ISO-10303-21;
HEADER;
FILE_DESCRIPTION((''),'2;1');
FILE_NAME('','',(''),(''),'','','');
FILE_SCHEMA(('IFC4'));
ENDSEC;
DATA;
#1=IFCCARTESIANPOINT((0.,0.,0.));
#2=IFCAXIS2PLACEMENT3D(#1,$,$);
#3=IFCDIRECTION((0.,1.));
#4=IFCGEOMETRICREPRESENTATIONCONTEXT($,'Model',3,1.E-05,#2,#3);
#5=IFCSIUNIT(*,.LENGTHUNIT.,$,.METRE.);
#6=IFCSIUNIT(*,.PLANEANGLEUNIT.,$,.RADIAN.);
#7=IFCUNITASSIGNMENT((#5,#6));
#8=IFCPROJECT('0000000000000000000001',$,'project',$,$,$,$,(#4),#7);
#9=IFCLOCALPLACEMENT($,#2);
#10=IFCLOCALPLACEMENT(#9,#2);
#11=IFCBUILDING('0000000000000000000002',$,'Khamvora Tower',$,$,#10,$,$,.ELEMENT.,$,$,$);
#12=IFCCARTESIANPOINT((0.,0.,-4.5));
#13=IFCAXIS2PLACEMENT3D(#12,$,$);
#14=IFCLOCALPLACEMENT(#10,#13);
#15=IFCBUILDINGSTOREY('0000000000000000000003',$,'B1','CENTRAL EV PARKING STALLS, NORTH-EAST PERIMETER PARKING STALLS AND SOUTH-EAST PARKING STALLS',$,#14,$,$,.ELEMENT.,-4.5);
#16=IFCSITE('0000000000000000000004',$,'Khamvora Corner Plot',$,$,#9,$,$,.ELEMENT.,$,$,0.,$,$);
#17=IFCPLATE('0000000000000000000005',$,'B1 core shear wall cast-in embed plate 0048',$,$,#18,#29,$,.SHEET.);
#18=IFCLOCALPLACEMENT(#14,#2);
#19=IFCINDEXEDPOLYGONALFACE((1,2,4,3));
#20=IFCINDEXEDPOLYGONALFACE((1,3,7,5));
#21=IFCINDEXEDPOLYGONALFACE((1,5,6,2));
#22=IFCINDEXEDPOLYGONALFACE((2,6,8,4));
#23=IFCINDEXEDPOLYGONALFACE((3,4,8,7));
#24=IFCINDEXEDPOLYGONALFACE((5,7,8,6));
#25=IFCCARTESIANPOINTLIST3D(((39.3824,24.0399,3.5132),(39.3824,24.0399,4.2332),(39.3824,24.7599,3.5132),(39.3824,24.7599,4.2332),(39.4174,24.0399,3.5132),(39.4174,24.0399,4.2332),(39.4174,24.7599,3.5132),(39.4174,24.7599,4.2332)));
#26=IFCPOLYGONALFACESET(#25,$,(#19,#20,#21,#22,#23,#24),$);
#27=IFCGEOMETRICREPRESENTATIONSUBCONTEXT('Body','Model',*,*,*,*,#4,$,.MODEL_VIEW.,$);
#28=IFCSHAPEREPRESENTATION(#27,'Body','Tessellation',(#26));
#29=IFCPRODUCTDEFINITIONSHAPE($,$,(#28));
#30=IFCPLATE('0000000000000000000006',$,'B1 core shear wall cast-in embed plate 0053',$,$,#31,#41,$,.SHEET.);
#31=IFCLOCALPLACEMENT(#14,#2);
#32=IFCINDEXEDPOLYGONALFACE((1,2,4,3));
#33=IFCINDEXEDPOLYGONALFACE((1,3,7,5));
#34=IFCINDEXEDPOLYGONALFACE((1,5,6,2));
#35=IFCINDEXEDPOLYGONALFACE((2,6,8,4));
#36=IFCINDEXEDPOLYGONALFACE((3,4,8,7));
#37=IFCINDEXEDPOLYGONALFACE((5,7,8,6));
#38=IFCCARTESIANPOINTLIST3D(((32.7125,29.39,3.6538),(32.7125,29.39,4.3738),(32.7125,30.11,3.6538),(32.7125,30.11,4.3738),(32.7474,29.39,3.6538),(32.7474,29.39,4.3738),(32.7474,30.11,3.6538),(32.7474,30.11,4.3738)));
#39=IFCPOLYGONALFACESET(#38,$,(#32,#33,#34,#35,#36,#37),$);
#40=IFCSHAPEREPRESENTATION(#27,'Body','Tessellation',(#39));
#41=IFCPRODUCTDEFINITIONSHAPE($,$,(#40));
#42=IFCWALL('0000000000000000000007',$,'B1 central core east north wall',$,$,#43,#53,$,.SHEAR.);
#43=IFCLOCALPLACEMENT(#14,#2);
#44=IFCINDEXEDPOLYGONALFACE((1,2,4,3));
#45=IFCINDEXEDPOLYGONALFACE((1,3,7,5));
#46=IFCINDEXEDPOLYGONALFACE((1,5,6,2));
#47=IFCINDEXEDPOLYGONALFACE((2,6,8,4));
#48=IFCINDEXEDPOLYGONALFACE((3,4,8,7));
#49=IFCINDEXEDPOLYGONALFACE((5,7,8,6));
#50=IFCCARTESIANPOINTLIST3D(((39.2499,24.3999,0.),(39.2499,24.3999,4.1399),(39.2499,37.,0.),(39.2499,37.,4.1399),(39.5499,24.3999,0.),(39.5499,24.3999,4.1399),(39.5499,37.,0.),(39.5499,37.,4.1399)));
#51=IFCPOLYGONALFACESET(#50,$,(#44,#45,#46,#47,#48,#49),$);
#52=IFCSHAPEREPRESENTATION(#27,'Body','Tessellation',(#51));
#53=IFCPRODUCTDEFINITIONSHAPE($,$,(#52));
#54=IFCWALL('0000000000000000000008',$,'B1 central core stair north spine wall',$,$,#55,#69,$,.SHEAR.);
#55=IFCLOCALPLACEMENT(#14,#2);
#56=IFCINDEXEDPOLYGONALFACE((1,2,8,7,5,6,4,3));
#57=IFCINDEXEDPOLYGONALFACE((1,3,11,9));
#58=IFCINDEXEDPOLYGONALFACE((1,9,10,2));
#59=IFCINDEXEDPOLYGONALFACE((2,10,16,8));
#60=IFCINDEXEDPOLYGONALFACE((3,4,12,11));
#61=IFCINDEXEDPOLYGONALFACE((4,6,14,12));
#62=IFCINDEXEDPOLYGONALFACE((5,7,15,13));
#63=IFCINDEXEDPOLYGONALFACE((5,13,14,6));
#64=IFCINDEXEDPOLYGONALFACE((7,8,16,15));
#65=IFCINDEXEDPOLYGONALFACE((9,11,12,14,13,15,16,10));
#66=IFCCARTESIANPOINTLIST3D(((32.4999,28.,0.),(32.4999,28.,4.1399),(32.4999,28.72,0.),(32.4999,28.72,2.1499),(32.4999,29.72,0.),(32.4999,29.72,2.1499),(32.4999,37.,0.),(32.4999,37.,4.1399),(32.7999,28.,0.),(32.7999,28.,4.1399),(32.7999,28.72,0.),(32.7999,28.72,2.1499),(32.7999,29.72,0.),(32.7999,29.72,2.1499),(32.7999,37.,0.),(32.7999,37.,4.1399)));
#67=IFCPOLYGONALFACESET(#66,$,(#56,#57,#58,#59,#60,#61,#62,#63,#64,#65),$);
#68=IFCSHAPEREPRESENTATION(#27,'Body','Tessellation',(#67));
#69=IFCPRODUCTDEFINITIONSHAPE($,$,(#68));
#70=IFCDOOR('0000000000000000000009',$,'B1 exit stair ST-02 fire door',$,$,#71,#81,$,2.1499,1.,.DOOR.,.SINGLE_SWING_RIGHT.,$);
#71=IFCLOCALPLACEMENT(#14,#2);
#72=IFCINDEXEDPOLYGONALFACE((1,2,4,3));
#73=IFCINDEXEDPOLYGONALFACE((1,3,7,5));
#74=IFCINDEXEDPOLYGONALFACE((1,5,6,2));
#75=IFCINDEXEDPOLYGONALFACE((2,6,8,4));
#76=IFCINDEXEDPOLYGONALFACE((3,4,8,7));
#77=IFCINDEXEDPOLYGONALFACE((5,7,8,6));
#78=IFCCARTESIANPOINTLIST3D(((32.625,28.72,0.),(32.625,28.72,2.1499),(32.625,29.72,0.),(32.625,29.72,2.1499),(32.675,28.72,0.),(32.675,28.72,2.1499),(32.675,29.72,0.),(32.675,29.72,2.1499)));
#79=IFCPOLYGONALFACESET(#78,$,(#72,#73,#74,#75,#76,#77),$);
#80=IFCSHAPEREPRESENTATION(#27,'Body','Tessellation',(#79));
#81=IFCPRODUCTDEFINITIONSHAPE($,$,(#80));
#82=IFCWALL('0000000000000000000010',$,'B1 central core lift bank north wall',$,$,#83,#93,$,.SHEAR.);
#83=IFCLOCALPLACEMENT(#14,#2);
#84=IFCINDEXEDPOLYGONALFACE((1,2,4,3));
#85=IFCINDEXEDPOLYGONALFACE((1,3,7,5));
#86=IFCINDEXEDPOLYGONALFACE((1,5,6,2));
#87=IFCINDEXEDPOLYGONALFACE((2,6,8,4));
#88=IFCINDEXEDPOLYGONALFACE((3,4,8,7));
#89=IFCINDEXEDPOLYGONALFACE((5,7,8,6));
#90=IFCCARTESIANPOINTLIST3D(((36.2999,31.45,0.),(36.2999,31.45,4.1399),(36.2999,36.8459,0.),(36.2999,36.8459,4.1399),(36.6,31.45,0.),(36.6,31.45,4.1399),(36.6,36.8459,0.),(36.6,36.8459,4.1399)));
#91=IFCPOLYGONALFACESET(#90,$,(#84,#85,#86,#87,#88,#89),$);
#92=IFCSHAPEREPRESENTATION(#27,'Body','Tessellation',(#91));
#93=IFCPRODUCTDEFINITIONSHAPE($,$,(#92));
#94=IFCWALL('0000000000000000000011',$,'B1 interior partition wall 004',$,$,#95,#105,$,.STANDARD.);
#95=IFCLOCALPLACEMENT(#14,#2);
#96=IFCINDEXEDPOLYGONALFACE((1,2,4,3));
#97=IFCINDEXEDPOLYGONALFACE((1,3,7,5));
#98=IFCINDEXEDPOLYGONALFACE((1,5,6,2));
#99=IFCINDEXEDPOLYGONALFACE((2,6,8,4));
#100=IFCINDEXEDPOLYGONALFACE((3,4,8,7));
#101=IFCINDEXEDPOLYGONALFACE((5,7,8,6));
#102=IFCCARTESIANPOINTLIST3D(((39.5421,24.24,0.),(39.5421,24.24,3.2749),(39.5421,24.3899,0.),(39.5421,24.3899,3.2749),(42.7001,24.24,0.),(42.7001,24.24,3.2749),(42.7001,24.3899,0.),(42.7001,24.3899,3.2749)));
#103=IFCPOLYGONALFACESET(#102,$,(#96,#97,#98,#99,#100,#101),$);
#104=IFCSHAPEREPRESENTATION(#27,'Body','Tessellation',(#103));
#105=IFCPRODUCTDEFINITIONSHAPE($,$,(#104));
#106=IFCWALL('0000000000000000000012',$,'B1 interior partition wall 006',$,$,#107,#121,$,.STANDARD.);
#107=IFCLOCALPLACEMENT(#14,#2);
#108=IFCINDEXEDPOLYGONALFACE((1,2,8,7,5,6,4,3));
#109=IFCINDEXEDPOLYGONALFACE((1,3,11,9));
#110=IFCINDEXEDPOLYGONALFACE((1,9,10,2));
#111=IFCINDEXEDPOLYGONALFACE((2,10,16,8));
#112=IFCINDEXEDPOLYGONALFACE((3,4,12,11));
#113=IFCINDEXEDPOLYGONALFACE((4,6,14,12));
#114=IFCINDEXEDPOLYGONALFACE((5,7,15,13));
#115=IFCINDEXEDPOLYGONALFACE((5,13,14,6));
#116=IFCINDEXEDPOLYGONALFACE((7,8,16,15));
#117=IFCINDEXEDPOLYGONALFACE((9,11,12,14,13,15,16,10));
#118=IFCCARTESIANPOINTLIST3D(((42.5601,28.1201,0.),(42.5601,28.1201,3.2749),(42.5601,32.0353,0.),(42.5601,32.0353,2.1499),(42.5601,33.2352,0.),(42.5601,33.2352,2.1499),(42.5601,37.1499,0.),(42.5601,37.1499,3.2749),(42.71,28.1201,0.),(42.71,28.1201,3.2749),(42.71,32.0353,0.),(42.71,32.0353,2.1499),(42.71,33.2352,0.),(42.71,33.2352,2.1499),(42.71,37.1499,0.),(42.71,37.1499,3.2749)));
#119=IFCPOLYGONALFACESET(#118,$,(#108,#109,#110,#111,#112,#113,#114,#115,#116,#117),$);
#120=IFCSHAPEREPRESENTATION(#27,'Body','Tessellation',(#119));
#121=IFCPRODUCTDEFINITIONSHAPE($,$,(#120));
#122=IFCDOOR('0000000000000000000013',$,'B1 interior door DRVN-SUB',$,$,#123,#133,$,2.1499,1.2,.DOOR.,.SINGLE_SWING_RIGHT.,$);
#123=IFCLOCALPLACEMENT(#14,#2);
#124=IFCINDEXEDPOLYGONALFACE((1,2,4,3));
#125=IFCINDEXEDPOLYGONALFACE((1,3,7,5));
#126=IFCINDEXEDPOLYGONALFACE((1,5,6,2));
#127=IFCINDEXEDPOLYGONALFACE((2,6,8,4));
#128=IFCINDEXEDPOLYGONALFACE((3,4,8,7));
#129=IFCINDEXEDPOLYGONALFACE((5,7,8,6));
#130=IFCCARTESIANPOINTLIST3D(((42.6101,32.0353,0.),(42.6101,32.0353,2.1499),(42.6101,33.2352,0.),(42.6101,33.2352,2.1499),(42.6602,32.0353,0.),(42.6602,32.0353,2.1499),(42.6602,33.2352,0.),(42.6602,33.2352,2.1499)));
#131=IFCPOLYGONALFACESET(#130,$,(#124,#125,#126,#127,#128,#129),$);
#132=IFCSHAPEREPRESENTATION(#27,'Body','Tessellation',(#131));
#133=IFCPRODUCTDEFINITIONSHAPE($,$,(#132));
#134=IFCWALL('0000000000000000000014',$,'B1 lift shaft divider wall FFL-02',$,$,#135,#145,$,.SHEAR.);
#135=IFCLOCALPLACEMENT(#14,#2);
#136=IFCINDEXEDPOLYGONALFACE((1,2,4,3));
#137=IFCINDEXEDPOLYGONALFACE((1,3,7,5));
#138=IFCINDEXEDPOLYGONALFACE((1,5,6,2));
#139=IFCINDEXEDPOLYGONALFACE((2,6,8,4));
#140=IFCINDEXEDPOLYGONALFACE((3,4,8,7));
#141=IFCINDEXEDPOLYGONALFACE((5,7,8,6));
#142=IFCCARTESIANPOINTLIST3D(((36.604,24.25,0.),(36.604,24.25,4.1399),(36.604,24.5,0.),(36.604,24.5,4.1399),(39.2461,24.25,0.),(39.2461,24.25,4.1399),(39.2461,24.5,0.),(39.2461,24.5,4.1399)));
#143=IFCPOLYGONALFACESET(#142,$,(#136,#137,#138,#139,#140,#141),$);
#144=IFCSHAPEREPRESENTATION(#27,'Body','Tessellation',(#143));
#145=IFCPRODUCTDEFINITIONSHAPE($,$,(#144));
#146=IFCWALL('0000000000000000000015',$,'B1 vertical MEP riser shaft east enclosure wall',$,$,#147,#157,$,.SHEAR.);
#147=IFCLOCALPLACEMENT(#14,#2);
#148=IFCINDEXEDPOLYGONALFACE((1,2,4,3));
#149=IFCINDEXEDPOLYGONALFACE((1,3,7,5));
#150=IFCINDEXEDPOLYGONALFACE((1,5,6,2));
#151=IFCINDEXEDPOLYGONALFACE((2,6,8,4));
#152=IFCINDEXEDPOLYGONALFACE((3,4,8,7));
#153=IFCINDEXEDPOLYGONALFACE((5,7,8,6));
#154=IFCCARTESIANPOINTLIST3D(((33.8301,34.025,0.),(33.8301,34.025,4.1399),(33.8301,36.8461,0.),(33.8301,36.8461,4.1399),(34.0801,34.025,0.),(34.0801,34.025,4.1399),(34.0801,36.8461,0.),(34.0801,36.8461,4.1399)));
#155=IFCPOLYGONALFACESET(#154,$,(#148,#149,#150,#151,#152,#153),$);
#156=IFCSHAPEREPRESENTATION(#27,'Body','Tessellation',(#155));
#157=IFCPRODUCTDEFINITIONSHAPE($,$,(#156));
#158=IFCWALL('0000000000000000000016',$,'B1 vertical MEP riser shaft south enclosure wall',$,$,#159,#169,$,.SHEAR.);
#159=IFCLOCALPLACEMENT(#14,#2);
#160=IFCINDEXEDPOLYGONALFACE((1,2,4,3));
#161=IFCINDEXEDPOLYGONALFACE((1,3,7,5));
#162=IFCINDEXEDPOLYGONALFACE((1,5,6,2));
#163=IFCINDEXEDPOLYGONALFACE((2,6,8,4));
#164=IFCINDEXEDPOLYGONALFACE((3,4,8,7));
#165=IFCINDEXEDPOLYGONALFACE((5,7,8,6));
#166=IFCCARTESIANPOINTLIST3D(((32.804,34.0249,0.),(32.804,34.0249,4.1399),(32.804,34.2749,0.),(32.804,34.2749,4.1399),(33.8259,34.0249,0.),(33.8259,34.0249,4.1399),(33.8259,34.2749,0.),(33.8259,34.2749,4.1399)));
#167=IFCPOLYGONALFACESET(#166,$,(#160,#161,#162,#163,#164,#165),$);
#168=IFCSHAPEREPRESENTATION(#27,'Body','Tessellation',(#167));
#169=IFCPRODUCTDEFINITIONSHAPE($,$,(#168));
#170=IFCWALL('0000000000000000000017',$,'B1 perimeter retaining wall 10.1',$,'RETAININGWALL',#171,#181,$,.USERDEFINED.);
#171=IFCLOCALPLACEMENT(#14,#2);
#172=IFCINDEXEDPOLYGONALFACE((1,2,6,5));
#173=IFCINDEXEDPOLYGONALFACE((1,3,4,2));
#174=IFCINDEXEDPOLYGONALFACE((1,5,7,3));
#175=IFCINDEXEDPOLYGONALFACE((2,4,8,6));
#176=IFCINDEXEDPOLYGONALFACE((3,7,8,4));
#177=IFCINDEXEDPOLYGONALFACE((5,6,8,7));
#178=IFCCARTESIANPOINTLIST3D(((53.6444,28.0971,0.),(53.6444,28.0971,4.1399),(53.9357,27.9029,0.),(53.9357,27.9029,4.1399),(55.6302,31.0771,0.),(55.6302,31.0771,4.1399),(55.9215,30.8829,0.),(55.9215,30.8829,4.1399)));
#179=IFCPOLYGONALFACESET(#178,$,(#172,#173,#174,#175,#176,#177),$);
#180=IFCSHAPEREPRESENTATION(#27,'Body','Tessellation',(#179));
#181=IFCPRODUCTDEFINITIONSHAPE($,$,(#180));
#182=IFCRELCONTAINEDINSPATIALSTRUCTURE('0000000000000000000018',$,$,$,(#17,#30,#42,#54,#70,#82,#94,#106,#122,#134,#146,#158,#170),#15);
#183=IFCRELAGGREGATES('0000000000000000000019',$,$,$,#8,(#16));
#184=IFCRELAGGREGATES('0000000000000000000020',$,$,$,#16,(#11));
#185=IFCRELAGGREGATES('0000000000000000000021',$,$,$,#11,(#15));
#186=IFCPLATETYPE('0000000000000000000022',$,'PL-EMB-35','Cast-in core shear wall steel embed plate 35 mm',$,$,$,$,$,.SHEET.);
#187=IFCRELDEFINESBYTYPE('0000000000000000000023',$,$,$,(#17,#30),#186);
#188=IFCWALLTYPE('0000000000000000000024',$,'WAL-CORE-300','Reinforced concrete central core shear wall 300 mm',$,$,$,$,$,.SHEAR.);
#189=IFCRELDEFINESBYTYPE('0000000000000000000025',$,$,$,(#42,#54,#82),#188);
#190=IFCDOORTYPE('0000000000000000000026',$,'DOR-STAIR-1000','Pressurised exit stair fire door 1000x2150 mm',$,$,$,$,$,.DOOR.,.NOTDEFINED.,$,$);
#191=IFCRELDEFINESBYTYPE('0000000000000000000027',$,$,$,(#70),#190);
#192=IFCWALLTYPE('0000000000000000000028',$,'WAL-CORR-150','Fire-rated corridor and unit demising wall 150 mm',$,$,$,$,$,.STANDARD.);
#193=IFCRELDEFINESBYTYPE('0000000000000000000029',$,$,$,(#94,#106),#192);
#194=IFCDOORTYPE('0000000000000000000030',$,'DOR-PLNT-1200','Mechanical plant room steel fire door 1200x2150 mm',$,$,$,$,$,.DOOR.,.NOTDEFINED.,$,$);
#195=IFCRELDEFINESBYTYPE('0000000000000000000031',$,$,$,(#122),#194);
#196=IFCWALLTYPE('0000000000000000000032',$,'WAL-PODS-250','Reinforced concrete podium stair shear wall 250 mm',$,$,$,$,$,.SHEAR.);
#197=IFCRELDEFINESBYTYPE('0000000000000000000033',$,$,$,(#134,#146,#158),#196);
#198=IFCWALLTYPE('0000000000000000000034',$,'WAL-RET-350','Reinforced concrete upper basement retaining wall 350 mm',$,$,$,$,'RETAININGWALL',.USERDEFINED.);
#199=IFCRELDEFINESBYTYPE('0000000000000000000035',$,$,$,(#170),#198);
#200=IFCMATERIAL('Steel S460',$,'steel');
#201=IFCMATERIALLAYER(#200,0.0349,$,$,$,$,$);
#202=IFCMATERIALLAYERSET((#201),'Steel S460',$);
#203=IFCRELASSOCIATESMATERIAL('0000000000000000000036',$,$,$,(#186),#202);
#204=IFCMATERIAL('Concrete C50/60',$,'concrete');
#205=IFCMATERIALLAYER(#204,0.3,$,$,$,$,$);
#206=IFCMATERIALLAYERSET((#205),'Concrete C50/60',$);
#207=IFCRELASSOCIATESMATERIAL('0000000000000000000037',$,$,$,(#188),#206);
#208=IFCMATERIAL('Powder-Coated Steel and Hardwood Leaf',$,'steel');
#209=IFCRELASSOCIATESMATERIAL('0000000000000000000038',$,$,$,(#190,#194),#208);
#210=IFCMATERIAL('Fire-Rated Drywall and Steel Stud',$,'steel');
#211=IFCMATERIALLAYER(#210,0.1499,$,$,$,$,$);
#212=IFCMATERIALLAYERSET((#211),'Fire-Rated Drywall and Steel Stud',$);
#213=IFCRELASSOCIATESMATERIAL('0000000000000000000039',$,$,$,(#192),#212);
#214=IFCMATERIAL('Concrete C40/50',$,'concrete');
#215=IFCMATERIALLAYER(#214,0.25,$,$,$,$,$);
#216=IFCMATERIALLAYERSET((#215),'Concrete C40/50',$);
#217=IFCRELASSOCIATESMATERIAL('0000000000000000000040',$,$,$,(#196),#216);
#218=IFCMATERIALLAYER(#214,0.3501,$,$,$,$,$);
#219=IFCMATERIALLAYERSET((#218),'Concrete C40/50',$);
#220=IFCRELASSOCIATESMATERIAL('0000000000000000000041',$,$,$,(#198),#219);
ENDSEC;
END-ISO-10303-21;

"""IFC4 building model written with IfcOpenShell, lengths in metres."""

from ifc_helpers import new_model, si_unit, direction, frame, frame_2d, origin, origin_2d, place, context, subcontext, project, spatial, rectangle, extrude, material, layer, layer_set, type_object, element, fill, save


model = new_model("IFC4")

# Units and contexts
model_context = context("Model", 3, precision=1e-05, world=origin(), true_north=direction((0.0, 1.0)))
body_context = subcontext(model_context, "Body", "Model", "MODEL_VIEW")
ifc_project = project(units=[si_unit("LENGTHUNIT", "METRE"), si_unit("PLANEANGLEUNIT", "RADIAN")], contexts=[model_context])

# Site, building, storey
site_placement = place(None, origin())
site = spatial("IfcSite", under=ifc_project, at=site_placement, Name="Khamvora Corner Plot", CompositionType="ELEMENT", RefElevation=0.0)
building_placement = place(site_placement, origin())
building = spatial("IfcBuilding", under=site, at=building_placement, Name="Khamvora Tower", CompositionType="ELEMENT")
storey_placement = place(building_placement, frame((0.0, 0.0, -4.5)))
storey = spatial("IfcBuildingStorey", under=building, at=storey_placement, Name="B1", Description="CENTRAL EV PARKING STALLS, NORTH-EAST PERIMETER PARKING STALLS AND SOUTH-EAST PARKING STALLS", CompositionType="ELEMENT", Elevation=-4.5)

# Shared definitions
ifc_material_1 = material(Name="Steel S460", Category="steel")

# Plates
ifc_layer_1 = layer(ifc_material_1, 0.0349)
ifc_layer_set_1 = layer_set([ifc_layer_1], Name="Steel S460")
plate_type = type_object("IfcPlateType", Name="PL-EMB-35", Description="Cast-in core shear wall steel embed plate 35 mm", PredefinedType="SHEET", material=ifc_layer_set_1)
for number, where, z_axis, x_axis, name in (
    (1, (39.3999, 24.3999, 3.5132), (0.0, 0.0, 1.0), (1.0, 0.0, 0.0), "B1 core shear wall cast-in embed plate 0048"),
    (2, (32.73, 29.75, 3.6538), (0.0, 0.0, 1.0), (1.0, 0.0, 0.0), "B1 core shear wall cast-in embed plate 0053"),
):
    element("IfcPlate", number, at=place(storey_placement, frame(where, z_axis=z_axis, x_axis=x_axis)), inside=storey, type_object=plate_type, Name=name, PredefinedType="SHEET", context=body_context, shape_type="SweptSolid", body=[
        extrude(rectangle(XDim=0.0349, YDim=0.72, at=origin_2d()), origin(), (0.0, 0.0, 1.0), 0.72),
    ])

# Wall
ifc_material_2 = material(Name="Concrete C50/60", Category="concrete")
ifc_layer_2 = layer(ifc_material_2, 0.3)
ifc_layer_set_2 = layer_set([ifc_layer_2], Name="Concrete C50/60")
wall_type_1 = type_object("IfcWallType", Name="WAL-CORE-300", Description="Reinforced concrete central core shear wall 300 mm", PredefinedType="SHEAR", material=ifc_layer_set_2)
wall_1_placement = place(storey_placement, frame((39.3999, 24.3999, 0.0), z_axis=(0.0, 0.0, 1.0), x_axis=(0.0, 1.0, 0.0)))
element("IfcWall", 3, at=wall_1_placement, inside=storey, type_object=wall_type_1, Name="B1 central core east north wall", PredefinedType="SHEAR", context=body_context, shape_type="SweptSolid", body=[
    extrude(rectangle(XDim=12.6001, YDim=0.3, at=frame_2d((6.3, 0.0))), origin(), (0.0, 0.0, 1.0), 4.1399),
])

# Wall, opening, door
wall_2_placement = place(storey_placement, frame((32.6499, 28.0, 0.0), z_axis=(0.0, 0.0, 1.0), x_axis=(0.0, 1.0, 0.0)))
wall_2 = element("IfcWall", 4, at=wall_2_placement, inside=storey, type_object=wall_type_1, Name="B1 central core stair north spine wall", PredefinedType="SHEAR", context=body_context, shape_type="SweptSolid", body=[
    extrude(rectangle(XDim=9.0, YDim=0.3, at=frame_2d((4.5, 0.0))), origin(), (0.0, 0.0, 1.0), 4.1399),
])
opening_1_placement = place(wall_2_placement, frame((0.72, 0.0, 0.0)))
opening_1 = element("IfcOpeningElement", 5, at=opening_1_placement, cuts=wall_2, PredefinedType="OPENING", context=body_context, shape_type="SweptSolid", body=[
    extrude(rectangle(XDim=1.0, YDim=2.1499, at=frame_2d((0.5, 1.075))), frame((0.0, 0.1599, 0.0), z_axis=(0.0, -1.0, 0.0), x_axis=(1.0, 0.0, 0.0)), (0.0, 0.0, 1.0), 0.3201),
])
ifc_material_3 = material(Name="Powder-Coated Steel and Hardwood Leaf", Category="steel")
door_type_1 = type_object("IfcDoorType", Name="DOR-STAIR-1000", Description="Pressurised exit stair fire door 1000x2150 mm", OperationType="NOTDEFINED", PredefinedType="DOOR", material=ifc_material_3)
door_1_placement = place(opening_1_placement, origin())
door_1 = element("IfcDoor", 6, at=door_1_placement, inside=storey, type_object=door_type_1, Name="B1 exit stair ST-02 fire door", OperationType="SINGLE_SWING_RIGHT", OverallHeight=2.1499, OverallWidth=1.0, PredefinedType="DOOR", context=body_context, shape_type="SweptSolid", body=[
    extrude(rectangle(XDim=1.0, YDim=2.1499, at=frame_2d((0.5, 1.075))), frame((0.0, 0.0249, 0.0), z_axis=(0.0, -1.0, 0.0), x_axis=(1.0, 0.0, 0.0)), (0.0, 0.0, 1.0), 0.05),
])
fill(opening_1, door_1)
door_type_2 = type_object("IfcDoorType", Name="DOR-PLNT-1200", Description="Mechanical plant room steel fire door 1200x2150 mm", OperationType="NOTDEFINED", PredefinedType="DOOR", material=ifc_material_3)

# Walls
wall_3_placement = place(storey_placement, frame((36.45, 31.45, 0.0), z_axis=(0.0, 0.0, 1.0), x_axis=(0.0, 1.0, 0.0)))
element("IfcWall", 7, at=wall_3_placement, inside=storey, type_object=wall_type_1, Name="B1 central core lift bank north wall", PredefinedType="SHEAR", context=body_context, shape_type="SweptSolid", body=[
    extrude(rectangle(XDim=5.396, YDim=0.3, at=frame_2d((2.698, 0.0))), origin(), (0.0, 0.0, 1.0), 4.1399),
])
ifc_material_4 = material(Name="Fire-Rated Drywall and Steel Stud", Category="steel")
ifc_layer_3 = layer(ifc_material_4, 0.1499)
ifc_layer_set_3 = layer_set([ifc_layer_3], Name="Fire-Rated Drywall and Steel Stud")
wall_type_2 = type_object("IfcWallType", Name="WAL-CORR-150", Description="Fire-rated corridor and unit demising wall 150 mm", PredefinedType="STANDARD", material=ifc_layer_set_3)
wall_4_placement = place(storey_placement, frame((39.542, 24.3149, 0.0), z_axis=(0.0, 0.0, 1.0), x_axis=(1.0, 0.0, 0.0)))
element("IfcWall", 8, at=wall_4_placement, inside=storey, type_object=wall_type_2, Name="B1 interior partition wall 004", PredefinedType="STANDARD", context=body_context, shape_type="SweptSolid", body=[
    extrude(rectangle(XDim=3.158, YDim=0.1499, at=frame_2d((1.5791, 0.0))), origin(), (0.0, 0.0, 1.0), 3.2749),
])

# Wall, opening, door
wall_5_placement = place(storey_placement, frame((42.635, 28.1201, 0.0), z_axis=(0.0, 0.0, 1.0), x_axis=(0.0, 1.0, 0.0)))
wall_5 = element("IfcWall", 9, at=wall_5_placement, inside=storey, type_object=wall_type_2, Name="B1 interior partition wall 006", PredefinedType="STANDARD", context=body_context, shape_type="SweptSolid", body=[
    extrude(rectangle(XDim=9.0298, YDim=0.1499, at=frame_2d((4.5149, 0.0))), origin(), (0.0, 0.0, 1.0), 3.2749),
])
opening_2_placement = place(wall_5_placement, frame((3.915, 0.0, 0.0)))
opening_2 = element("IfcOpeningElement", 10, at=opening_2_placement, cuts=wall_5, PredefinedType="OPENING", context=body_context, shape_type="SweptSolid", body=[
    extrude(rectangle(XDim=1.2, YDim=2.1499, at=frame_2d((0.6001, 1.075))), frame((0.0, 0.085, 0.0), z_axis=(0.0, -1.0, 0.0), x_axis=(1.0, 0.0, 0.0)), (0.0, 0.0, 1.0), 0.1699),
])
door_2_placement = place(opening_2_placement, origin())
door_2 = element("IfcDoor", 11, at=door_2_placement, inside=storey, type_object=door_type_2, Name="B1 interior door DRVN-SUB", OperationType="SINGLE_SWING_RIGHT", OverallHeight=2.1499, OverallWidth=1.2, PredefinedType="DOOR", context=body_context, shape_type="SweptSolid", body=[
    extrude(rectangle(XDim=1.2, YDim=2.1499, at=frame_2d((0.6001, 1.075))), frame((0.0, 0.0249, 0.0), z_axis=(0.0, -1.0, 0.0), x_axis=(1.0, 0.0, 0.0)), (0.0, 0.0, 1.0), 0.05),
])
fill(opening_2, door_2)

# Walls
ifc_material_5 = material(Name="Concrete C40/50", Category="concrete")
ifc_layer_4 = layer(ifc_material_5, 0.25)
ifc_layer_set_4 = layer_set([ifc_layer_4], Name="Concrete C40/50")
wall_type_3 = type_object("IfcWallType", Name="WAL-PODS-250", Description="Reinforced concrete podium stair shear wall 250 mm", PredefinedType="SHEAR", material=ifc_layer_set_4)
wall_6_placement = place(storey_placement, frame((36.604, 24.375, 0.0), z_axis=(0.0, 0.0, 1.0), x_axis=(1.0, 0.0, 0.0)))
element("IfcWall", 12, at=wall_6_placement, inside=storey, type_object=wall_type_3, Name="B1 lift shaft divider wall FFL-02", PredefinedType="SHEAR", context=body_context, shape_type="SweptSolid", body=[
    extrude(rectangle(XDim=2.6421, YDim=0.25, at=frame_2d((1.321, 0.0))), origin(), (0.0, 0.0, 1.0), 4.1399),
])
wall_7_placement = place(storey_placement, frame((33.9551, 34.0249, 0.0), z_axis=(0.0, 0.0, 1.0), x_axis=(0.0, 1.0, 0.0)))
element("IfcWall", 13, at=wall_7_placement, inside=storey, type_object=wall_type_3, Name="B1 vertical MEP riser shaft east enclosure wall", PredefinedType="SHEAR", context=body_context, shape_type="SweptSolid", body=[
    extrude(rectangle(XDim=2.821, YDim=0.25, at=frame_2d((1.4106, 0.0))), origin(), (0.0, 0.0, 1.0), 4.1399),
])
wall_8_placement = place(storey_placement, frame((32.804, 34.1499, 0.0), z_axis=(0.0, 0.0, 1.0), x_axis=(1.0, 0.0, 0.0)))
element("IfcWall", 14, at=wall_8_placement, inside=storey, type_object=wall_type_3, Name="B1 vertical MEP riser shaft south enclosure wall", PredefinedType="SHEAR", context=body_context, shape_type="SweptSolid", body=[
    extrude(rectangle(XDim=1.022, YDim=0.25, at=frame_2d((0.511, 0.0))), origin(), (0.0, 0.0, 1.0), 4.1399),
])
ifc_layer_5 = layer(ifc_material_5, 0.3501)
ifc_layer_set_5 = layer_set([ifc_layer_5], Name="Concrete C40/50")
wall_type_4 = type_object("IfcWallType", Name="WAL-RET-350", Description="Reinforced concrete upper basement retaining wall 350 mm", ElementType="RETAININGWALL", PredefinedType="USERDEFINED", material=ifc_layer_set_5)
wall_9_placement = place(storey_placement, frame((55.7759, 30.98, 0.0), z_axis=(0.0, 0.0, 1.0), x_axis=(-0.554543, -0.832155, 0.0)))
element("IfcWall", 15, at=wall_9_placement, inside=storey, type_object=wall_type_4, Name="B1 perimeter retaining wall 10.1", ObjectType="RETAININGWALL", PredefinedType="USERDEFINED", context=body_context, shape_type="SweptSolid", body=[
    extrude(rectangle(XDim=3.5811, YDim=0.3501, at=frame_2d((1.7905, 0.0))), origin(), (0.0, 0.0, 1.0), 4.1399),
])

save(model, "model.ifc")
